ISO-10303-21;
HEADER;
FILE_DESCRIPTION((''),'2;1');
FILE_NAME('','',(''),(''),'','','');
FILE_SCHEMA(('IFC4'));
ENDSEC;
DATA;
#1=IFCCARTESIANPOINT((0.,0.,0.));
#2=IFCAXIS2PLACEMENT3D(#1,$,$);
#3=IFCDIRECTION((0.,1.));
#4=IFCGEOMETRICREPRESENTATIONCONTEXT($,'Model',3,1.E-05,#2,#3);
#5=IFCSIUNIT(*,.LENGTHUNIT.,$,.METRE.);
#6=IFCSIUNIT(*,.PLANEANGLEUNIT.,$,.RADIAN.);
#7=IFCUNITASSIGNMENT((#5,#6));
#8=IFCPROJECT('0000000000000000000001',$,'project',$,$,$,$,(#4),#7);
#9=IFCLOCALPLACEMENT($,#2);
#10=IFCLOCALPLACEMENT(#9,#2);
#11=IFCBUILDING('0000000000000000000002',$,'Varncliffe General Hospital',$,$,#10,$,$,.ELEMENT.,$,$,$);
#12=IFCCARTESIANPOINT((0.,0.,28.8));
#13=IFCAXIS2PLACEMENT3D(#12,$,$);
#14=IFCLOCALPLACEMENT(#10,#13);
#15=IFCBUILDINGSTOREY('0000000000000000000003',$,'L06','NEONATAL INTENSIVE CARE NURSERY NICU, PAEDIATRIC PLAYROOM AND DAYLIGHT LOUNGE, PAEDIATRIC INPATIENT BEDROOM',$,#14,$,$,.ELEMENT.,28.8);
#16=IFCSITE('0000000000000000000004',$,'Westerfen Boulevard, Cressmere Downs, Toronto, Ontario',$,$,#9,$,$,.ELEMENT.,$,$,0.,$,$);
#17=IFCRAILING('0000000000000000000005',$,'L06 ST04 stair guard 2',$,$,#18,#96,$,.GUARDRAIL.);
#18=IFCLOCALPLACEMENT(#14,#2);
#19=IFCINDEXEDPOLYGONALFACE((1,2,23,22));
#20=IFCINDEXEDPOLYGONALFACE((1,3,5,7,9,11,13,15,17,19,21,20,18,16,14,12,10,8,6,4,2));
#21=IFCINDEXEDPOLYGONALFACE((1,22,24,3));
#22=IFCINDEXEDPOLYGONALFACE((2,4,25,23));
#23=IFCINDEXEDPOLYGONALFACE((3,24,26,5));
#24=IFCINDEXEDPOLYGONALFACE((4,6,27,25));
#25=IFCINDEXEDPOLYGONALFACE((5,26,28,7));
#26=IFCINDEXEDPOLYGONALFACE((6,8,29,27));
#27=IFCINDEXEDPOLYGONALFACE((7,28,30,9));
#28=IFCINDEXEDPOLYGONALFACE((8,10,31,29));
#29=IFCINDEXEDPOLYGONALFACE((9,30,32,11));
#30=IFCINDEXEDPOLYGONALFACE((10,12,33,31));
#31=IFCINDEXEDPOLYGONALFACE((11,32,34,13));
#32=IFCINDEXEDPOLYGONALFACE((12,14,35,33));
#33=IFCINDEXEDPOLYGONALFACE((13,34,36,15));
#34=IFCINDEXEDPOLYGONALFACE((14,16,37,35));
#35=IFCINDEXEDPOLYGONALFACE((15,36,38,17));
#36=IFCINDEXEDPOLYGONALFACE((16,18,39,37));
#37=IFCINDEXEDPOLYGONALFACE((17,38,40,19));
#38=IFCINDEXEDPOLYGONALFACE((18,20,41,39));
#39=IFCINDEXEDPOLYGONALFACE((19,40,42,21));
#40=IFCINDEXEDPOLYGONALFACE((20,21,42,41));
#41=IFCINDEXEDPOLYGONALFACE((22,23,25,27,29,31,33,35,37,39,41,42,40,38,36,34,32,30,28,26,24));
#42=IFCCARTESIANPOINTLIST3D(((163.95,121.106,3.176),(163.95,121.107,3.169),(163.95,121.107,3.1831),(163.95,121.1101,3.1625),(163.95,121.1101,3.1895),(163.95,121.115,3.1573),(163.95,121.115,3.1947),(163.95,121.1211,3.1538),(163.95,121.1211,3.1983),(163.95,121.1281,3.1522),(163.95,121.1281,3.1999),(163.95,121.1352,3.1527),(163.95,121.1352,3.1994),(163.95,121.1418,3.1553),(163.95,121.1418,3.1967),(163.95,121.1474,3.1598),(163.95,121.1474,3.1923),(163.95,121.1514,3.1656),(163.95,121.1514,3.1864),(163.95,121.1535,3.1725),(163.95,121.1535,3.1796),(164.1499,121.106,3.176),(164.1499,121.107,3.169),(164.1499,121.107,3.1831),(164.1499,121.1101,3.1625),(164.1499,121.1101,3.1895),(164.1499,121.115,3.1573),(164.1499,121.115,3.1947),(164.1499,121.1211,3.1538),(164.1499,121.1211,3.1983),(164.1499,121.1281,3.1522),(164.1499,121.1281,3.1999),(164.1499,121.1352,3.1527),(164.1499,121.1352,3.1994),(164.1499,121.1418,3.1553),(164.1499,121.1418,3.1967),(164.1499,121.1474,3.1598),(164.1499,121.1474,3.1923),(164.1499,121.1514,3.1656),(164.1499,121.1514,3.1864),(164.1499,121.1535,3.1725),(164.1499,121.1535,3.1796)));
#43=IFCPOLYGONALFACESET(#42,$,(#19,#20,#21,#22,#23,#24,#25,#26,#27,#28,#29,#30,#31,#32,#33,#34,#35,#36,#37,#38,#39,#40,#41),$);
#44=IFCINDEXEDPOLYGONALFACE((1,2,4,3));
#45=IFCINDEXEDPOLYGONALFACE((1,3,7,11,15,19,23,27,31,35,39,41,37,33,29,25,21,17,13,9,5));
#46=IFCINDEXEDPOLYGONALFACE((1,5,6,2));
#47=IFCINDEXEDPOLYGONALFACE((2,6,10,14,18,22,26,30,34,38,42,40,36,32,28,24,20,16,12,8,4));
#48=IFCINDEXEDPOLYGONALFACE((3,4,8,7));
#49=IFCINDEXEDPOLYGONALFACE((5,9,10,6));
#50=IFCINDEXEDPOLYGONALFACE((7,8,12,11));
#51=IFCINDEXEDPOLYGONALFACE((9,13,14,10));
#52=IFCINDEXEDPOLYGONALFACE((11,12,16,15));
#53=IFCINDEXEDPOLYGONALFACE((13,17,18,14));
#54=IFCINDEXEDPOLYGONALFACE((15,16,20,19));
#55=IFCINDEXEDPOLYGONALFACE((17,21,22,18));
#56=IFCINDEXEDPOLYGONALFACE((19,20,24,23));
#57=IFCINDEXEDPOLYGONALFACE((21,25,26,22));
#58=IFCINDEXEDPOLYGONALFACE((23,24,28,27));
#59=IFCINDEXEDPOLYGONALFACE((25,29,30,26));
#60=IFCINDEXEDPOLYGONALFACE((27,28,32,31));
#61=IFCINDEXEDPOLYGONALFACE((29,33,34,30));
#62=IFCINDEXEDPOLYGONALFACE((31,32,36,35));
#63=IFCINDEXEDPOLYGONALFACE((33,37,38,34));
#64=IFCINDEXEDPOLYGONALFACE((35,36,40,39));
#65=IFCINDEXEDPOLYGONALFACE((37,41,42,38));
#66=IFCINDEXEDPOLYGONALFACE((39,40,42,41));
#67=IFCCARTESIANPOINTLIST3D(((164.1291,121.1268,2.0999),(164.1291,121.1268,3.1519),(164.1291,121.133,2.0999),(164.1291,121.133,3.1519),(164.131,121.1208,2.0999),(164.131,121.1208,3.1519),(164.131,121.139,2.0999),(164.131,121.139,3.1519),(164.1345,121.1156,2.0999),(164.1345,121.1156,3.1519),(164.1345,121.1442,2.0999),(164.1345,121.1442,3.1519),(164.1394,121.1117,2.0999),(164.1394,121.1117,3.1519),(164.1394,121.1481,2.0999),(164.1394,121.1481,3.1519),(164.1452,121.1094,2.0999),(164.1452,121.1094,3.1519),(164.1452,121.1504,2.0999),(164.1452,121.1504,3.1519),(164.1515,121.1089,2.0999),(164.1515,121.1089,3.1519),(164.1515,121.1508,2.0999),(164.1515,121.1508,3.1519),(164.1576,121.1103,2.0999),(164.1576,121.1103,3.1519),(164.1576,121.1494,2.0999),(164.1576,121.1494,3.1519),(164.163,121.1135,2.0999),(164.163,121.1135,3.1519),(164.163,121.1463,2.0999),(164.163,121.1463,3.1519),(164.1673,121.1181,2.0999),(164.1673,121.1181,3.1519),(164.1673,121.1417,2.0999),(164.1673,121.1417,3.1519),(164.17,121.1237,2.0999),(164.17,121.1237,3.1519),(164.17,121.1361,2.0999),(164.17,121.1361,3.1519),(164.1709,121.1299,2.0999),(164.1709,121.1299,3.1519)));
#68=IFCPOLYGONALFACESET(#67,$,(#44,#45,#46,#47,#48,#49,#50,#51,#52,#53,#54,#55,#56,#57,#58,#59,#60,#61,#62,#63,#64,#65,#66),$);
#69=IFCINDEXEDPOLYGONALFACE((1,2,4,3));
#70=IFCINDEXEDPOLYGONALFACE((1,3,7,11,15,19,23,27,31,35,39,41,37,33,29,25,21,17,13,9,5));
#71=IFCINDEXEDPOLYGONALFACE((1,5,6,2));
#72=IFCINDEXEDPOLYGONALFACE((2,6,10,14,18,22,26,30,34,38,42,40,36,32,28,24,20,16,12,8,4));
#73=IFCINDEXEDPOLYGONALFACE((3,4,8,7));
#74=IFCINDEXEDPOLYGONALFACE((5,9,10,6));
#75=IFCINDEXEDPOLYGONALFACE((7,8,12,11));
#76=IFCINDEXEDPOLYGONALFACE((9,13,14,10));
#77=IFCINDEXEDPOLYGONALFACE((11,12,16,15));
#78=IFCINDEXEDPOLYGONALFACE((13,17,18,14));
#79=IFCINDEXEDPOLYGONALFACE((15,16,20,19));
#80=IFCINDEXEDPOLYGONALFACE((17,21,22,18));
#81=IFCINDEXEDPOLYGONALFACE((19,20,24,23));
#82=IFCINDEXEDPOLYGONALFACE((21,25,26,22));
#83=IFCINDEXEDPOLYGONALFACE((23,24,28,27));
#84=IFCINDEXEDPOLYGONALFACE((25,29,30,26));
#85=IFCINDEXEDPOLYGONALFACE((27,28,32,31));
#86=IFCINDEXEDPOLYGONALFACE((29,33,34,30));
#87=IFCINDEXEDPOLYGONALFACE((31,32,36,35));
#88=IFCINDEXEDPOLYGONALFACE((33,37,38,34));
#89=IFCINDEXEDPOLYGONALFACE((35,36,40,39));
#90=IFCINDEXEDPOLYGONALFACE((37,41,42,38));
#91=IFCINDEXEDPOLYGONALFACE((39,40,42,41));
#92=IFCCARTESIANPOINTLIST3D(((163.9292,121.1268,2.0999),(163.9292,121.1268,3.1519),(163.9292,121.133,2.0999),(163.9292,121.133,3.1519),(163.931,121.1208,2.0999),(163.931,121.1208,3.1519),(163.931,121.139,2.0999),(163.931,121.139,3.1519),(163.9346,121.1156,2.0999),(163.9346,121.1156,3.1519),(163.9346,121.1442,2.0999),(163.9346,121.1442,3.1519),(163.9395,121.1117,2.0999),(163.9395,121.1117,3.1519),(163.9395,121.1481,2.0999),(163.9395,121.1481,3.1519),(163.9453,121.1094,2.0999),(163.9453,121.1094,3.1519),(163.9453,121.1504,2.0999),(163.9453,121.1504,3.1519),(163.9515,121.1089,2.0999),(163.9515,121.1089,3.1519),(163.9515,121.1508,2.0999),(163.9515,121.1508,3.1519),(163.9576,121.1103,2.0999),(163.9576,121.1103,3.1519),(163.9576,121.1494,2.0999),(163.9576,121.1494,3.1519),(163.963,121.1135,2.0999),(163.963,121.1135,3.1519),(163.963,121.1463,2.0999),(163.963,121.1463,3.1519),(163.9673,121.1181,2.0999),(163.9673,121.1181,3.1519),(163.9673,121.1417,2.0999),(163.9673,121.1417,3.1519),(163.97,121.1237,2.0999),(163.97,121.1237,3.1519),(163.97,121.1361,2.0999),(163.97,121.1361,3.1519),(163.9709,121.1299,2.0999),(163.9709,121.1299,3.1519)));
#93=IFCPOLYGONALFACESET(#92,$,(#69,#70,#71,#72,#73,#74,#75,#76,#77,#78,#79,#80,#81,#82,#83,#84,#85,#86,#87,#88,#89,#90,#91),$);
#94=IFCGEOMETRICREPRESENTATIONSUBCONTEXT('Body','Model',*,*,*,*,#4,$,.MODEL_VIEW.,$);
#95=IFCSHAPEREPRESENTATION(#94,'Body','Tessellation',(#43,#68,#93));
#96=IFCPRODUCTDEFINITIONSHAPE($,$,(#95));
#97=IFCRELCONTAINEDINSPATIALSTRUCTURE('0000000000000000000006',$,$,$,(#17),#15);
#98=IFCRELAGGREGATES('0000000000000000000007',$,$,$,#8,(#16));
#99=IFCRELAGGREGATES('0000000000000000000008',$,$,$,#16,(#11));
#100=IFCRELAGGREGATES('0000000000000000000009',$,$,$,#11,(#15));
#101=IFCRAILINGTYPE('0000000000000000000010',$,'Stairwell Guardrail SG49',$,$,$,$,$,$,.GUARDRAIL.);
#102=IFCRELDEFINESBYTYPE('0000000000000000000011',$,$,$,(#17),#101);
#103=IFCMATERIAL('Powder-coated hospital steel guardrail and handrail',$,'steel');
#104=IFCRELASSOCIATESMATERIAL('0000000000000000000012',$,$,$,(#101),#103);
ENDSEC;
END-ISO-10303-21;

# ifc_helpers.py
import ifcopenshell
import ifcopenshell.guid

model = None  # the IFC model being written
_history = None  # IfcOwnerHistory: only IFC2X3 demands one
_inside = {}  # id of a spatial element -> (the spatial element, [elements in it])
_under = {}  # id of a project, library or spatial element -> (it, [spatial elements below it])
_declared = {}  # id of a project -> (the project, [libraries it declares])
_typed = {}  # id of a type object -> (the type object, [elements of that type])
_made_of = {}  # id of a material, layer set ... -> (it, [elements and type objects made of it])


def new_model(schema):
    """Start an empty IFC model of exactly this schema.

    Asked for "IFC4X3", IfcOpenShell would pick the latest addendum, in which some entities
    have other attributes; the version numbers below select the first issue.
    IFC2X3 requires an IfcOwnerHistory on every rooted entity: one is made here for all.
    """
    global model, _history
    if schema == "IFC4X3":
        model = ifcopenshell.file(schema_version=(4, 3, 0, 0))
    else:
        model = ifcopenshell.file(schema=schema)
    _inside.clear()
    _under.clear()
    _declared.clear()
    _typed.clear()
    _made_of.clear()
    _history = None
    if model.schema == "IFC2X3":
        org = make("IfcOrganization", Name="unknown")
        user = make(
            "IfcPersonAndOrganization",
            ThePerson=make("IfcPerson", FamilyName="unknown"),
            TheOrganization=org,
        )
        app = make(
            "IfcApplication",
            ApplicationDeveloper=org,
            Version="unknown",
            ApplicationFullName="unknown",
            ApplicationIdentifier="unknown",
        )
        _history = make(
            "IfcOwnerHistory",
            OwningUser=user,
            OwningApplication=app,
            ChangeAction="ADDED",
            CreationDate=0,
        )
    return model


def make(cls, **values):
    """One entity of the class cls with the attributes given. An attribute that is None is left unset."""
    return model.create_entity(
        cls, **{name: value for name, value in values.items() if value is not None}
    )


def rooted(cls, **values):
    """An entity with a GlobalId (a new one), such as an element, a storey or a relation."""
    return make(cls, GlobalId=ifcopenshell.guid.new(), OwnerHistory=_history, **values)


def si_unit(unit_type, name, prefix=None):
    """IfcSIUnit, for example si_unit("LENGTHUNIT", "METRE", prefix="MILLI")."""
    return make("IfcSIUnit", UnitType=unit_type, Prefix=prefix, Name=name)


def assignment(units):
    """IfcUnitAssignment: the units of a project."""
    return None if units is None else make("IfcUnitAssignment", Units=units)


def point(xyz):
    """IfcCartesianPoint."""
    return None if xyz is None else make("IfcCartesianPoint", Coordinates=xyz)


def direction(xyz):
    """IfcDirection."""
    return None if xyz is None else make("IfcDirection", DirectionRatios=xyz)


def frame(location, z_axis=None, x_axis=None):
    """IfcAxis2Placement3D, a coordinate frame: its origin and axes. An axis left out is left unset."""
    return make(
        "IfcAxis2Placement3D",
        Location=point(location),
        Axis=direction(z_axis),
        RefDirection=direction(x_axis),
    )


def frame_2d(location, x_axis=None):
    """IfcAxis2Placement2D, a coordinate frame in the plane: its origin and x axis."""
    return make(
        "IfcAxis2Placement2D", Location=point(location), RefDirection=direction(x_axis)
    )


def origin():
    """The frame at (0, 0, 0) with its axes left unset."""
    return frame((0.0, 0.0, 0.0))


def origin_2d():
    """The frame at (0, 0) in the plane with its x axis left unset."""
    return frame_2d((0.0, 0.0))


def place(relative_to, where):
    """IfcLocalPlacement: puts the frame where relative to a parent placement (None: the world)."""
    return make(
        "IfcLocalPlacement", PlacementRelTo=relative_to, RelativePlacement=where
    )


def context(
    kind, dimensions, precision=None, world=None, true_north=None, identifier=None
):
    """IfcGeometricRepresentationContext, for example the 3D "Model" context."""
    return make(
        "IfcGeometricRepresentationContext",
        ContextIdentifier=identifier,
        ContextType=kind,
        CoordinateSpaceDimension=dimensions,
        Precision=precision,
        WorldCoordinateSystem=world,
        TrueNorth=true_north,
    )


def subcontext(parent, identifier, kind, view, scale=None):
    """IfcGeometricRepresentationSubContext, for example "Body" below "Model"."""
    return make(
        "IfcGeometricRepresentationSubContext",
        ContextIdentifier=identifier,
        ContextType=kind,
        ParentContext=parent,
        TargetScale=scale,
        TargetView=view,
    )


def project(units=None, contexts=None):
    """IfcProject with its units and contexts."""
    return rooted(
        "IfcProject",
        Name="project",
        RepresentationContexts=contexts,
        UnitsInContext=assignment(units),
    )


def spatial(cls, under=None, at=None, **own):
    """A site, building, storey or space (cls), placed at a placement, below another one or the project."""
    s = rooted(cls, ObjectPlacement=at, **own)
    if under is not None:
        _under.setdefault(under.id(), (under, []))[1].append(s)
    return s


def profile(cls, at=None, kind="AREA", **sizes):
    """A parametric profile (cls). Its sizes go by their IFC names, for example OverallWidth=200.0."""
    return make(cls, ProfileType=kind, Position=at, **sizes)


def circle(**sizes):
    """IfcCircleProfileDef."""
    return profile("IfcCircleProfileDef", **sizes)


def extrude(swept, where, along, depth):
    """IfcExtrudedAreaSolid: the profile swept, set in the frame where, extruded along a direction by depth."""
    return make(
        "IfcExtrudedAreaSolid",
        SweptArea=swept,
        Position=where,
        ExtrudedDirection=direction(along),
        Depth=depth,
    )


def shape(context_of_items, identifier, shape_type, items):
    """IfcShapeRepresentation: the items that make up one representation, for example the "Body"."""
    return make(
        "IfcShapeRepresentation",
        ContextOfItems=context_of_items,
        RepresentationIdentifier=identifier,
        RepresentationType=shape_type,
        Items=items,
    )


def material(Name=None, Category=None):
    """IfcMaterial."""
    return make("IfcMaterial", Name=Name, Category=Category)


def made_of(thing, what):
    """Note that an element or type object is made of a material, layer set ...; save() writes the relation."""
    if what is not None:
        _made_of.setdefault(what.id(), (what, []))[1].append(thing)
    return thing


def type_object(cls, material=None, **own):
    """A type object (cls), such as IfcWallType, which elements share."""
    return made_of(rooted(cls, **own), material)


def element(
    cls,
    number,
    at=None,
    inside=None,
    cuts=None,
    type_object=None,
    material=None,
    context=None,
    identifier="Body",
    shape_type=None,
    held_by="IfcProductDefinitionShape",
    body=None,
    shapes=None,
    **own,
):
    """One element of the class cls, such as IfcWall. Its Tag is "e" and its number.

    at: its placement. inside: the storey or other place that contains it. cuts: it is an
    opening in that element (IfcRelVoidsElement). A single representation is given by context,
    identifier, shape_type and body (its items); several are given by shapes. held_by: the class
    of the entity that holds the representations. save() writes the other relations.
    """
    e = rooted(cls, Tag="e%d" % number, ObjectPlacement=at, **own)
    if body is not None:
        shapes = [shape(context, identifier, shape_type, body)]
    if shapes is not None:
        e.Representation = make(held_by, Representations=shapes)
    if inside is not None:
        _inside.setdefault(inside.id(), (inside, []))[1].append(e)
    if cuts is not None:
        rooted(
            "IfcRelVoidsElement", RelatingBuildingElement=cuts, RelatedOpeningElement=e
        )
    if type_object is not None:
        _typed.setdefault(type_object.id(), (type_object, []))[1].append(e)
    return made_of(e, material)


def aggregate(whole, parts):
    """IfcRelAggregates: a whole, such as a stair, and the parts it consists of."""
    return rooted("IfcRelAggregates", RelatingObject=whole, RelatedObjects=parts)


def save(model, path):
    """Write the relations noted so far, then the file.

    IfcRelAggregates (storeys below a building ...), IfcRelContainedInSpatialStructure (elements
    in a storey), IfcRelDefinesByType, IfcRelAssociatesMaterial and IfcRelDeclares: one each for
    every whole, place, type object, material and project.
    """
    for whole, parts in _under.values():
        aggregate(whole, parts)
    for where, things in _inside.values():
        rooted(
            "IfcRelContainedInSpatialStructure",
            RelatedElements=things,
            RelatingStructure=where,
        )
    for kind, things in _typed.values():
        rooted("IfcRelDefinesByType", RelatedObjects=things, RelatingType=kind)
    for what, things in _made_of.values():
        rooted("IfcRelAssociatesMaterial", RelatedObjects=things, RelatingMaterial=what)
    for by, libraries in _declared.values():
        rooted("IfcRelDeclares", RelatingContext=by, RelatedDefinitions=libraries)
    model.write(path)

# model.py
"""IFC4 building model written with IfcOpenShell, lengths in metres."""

from ifc_helpers import new_model, si_unit, direction, frame, origin, origin_2d, place, context, subcontext, project, spatial, circle, extrude, material, type_object, element, save


model = new_model("IFC4")

# Units and contexts
model_context = context("Model", 3, precision=1e-05, world=origin(), true_north=direction((0.0, 1.0)))
body_context = subcontext(model_context, "Body", "Model", "MODEL_VIEW")
ifc_project = project(units=[si_unit("LENGTHUNIT", "METRE"), si_unit("PLANEANGLEUNIT", "RADIAN")], contexts=[model_context])

# Site, building, storey
site_placement = place(None, origin())
site = spatial("IfcSite", under=ifc_project, at=site_placement, Name="Westerfen Boulevard, Cressmere Downs, Toronto, Ontario", CompositionType="ELEMENT", RefElevation=0.0)
building_placement = place(site_placement, origin())
building = spatial("IfcBuilding", under=site, at=building_placement, Name="Varncliffe General Hospital", CompositionType="ELEMENT")
storey_placement = place(building_placement, frame((0.0, 0.0, 28.8)))
storey = spatial("IfcBuildingStorey", under=building, at=storey_placement, Name="L06", Description="NEONATAL INTENSIVE CARE NURSERY NICU, PAEDIATRIC PLAYROOM AND DAYLIGHT LOUNGE, PAEDIATRIC INPATIENT BEDROOM", CompositionType="ELEMENT", Elevation=28.8)

# Railing
ifc_material_1 = material(Name="Powder-coated hospital steel guardrail and handrail", Category="steel")
railing_type_1 = type_object("IfcRailingType", Name="Stairwell Guardrail SG49", PredefinedType="GUARDRAIL", material=ifc_material_1)
railing_1_placement = place(storey_placement, frame((164.1499, 121.1299, 2.0999)))
element("IfcRailing", 1, at=railing_1_placement, inside=storey, type_object=railing_type_1, Name="L06 ST04 stair guard 2", PredefinedType="GUARDRAIL", context=body_context, shape_type="SweptSolid", body=[
    extrude(circle(Radius=0.0239, at=origin_2d()), frame((0.0, 0.0, 1.0762), z_axis=(-1.0, 0.0, 0.0), x_axis=(0.0, -1.0, 0.0)), (0.0, 0.0, 1.0), 0.2),
    extrude(circle(Radius=0.021, at=origin_2d()), origin(), (0.0, 0.0, 1.0), 1.052),
    extrude(circle(Radius=0.021, at=origin_2d()), frame((-0.2, 0.0, 0.0)), (0.0, 0.0, 1.0), 1.052),
])

save(model, "model.ifc")
